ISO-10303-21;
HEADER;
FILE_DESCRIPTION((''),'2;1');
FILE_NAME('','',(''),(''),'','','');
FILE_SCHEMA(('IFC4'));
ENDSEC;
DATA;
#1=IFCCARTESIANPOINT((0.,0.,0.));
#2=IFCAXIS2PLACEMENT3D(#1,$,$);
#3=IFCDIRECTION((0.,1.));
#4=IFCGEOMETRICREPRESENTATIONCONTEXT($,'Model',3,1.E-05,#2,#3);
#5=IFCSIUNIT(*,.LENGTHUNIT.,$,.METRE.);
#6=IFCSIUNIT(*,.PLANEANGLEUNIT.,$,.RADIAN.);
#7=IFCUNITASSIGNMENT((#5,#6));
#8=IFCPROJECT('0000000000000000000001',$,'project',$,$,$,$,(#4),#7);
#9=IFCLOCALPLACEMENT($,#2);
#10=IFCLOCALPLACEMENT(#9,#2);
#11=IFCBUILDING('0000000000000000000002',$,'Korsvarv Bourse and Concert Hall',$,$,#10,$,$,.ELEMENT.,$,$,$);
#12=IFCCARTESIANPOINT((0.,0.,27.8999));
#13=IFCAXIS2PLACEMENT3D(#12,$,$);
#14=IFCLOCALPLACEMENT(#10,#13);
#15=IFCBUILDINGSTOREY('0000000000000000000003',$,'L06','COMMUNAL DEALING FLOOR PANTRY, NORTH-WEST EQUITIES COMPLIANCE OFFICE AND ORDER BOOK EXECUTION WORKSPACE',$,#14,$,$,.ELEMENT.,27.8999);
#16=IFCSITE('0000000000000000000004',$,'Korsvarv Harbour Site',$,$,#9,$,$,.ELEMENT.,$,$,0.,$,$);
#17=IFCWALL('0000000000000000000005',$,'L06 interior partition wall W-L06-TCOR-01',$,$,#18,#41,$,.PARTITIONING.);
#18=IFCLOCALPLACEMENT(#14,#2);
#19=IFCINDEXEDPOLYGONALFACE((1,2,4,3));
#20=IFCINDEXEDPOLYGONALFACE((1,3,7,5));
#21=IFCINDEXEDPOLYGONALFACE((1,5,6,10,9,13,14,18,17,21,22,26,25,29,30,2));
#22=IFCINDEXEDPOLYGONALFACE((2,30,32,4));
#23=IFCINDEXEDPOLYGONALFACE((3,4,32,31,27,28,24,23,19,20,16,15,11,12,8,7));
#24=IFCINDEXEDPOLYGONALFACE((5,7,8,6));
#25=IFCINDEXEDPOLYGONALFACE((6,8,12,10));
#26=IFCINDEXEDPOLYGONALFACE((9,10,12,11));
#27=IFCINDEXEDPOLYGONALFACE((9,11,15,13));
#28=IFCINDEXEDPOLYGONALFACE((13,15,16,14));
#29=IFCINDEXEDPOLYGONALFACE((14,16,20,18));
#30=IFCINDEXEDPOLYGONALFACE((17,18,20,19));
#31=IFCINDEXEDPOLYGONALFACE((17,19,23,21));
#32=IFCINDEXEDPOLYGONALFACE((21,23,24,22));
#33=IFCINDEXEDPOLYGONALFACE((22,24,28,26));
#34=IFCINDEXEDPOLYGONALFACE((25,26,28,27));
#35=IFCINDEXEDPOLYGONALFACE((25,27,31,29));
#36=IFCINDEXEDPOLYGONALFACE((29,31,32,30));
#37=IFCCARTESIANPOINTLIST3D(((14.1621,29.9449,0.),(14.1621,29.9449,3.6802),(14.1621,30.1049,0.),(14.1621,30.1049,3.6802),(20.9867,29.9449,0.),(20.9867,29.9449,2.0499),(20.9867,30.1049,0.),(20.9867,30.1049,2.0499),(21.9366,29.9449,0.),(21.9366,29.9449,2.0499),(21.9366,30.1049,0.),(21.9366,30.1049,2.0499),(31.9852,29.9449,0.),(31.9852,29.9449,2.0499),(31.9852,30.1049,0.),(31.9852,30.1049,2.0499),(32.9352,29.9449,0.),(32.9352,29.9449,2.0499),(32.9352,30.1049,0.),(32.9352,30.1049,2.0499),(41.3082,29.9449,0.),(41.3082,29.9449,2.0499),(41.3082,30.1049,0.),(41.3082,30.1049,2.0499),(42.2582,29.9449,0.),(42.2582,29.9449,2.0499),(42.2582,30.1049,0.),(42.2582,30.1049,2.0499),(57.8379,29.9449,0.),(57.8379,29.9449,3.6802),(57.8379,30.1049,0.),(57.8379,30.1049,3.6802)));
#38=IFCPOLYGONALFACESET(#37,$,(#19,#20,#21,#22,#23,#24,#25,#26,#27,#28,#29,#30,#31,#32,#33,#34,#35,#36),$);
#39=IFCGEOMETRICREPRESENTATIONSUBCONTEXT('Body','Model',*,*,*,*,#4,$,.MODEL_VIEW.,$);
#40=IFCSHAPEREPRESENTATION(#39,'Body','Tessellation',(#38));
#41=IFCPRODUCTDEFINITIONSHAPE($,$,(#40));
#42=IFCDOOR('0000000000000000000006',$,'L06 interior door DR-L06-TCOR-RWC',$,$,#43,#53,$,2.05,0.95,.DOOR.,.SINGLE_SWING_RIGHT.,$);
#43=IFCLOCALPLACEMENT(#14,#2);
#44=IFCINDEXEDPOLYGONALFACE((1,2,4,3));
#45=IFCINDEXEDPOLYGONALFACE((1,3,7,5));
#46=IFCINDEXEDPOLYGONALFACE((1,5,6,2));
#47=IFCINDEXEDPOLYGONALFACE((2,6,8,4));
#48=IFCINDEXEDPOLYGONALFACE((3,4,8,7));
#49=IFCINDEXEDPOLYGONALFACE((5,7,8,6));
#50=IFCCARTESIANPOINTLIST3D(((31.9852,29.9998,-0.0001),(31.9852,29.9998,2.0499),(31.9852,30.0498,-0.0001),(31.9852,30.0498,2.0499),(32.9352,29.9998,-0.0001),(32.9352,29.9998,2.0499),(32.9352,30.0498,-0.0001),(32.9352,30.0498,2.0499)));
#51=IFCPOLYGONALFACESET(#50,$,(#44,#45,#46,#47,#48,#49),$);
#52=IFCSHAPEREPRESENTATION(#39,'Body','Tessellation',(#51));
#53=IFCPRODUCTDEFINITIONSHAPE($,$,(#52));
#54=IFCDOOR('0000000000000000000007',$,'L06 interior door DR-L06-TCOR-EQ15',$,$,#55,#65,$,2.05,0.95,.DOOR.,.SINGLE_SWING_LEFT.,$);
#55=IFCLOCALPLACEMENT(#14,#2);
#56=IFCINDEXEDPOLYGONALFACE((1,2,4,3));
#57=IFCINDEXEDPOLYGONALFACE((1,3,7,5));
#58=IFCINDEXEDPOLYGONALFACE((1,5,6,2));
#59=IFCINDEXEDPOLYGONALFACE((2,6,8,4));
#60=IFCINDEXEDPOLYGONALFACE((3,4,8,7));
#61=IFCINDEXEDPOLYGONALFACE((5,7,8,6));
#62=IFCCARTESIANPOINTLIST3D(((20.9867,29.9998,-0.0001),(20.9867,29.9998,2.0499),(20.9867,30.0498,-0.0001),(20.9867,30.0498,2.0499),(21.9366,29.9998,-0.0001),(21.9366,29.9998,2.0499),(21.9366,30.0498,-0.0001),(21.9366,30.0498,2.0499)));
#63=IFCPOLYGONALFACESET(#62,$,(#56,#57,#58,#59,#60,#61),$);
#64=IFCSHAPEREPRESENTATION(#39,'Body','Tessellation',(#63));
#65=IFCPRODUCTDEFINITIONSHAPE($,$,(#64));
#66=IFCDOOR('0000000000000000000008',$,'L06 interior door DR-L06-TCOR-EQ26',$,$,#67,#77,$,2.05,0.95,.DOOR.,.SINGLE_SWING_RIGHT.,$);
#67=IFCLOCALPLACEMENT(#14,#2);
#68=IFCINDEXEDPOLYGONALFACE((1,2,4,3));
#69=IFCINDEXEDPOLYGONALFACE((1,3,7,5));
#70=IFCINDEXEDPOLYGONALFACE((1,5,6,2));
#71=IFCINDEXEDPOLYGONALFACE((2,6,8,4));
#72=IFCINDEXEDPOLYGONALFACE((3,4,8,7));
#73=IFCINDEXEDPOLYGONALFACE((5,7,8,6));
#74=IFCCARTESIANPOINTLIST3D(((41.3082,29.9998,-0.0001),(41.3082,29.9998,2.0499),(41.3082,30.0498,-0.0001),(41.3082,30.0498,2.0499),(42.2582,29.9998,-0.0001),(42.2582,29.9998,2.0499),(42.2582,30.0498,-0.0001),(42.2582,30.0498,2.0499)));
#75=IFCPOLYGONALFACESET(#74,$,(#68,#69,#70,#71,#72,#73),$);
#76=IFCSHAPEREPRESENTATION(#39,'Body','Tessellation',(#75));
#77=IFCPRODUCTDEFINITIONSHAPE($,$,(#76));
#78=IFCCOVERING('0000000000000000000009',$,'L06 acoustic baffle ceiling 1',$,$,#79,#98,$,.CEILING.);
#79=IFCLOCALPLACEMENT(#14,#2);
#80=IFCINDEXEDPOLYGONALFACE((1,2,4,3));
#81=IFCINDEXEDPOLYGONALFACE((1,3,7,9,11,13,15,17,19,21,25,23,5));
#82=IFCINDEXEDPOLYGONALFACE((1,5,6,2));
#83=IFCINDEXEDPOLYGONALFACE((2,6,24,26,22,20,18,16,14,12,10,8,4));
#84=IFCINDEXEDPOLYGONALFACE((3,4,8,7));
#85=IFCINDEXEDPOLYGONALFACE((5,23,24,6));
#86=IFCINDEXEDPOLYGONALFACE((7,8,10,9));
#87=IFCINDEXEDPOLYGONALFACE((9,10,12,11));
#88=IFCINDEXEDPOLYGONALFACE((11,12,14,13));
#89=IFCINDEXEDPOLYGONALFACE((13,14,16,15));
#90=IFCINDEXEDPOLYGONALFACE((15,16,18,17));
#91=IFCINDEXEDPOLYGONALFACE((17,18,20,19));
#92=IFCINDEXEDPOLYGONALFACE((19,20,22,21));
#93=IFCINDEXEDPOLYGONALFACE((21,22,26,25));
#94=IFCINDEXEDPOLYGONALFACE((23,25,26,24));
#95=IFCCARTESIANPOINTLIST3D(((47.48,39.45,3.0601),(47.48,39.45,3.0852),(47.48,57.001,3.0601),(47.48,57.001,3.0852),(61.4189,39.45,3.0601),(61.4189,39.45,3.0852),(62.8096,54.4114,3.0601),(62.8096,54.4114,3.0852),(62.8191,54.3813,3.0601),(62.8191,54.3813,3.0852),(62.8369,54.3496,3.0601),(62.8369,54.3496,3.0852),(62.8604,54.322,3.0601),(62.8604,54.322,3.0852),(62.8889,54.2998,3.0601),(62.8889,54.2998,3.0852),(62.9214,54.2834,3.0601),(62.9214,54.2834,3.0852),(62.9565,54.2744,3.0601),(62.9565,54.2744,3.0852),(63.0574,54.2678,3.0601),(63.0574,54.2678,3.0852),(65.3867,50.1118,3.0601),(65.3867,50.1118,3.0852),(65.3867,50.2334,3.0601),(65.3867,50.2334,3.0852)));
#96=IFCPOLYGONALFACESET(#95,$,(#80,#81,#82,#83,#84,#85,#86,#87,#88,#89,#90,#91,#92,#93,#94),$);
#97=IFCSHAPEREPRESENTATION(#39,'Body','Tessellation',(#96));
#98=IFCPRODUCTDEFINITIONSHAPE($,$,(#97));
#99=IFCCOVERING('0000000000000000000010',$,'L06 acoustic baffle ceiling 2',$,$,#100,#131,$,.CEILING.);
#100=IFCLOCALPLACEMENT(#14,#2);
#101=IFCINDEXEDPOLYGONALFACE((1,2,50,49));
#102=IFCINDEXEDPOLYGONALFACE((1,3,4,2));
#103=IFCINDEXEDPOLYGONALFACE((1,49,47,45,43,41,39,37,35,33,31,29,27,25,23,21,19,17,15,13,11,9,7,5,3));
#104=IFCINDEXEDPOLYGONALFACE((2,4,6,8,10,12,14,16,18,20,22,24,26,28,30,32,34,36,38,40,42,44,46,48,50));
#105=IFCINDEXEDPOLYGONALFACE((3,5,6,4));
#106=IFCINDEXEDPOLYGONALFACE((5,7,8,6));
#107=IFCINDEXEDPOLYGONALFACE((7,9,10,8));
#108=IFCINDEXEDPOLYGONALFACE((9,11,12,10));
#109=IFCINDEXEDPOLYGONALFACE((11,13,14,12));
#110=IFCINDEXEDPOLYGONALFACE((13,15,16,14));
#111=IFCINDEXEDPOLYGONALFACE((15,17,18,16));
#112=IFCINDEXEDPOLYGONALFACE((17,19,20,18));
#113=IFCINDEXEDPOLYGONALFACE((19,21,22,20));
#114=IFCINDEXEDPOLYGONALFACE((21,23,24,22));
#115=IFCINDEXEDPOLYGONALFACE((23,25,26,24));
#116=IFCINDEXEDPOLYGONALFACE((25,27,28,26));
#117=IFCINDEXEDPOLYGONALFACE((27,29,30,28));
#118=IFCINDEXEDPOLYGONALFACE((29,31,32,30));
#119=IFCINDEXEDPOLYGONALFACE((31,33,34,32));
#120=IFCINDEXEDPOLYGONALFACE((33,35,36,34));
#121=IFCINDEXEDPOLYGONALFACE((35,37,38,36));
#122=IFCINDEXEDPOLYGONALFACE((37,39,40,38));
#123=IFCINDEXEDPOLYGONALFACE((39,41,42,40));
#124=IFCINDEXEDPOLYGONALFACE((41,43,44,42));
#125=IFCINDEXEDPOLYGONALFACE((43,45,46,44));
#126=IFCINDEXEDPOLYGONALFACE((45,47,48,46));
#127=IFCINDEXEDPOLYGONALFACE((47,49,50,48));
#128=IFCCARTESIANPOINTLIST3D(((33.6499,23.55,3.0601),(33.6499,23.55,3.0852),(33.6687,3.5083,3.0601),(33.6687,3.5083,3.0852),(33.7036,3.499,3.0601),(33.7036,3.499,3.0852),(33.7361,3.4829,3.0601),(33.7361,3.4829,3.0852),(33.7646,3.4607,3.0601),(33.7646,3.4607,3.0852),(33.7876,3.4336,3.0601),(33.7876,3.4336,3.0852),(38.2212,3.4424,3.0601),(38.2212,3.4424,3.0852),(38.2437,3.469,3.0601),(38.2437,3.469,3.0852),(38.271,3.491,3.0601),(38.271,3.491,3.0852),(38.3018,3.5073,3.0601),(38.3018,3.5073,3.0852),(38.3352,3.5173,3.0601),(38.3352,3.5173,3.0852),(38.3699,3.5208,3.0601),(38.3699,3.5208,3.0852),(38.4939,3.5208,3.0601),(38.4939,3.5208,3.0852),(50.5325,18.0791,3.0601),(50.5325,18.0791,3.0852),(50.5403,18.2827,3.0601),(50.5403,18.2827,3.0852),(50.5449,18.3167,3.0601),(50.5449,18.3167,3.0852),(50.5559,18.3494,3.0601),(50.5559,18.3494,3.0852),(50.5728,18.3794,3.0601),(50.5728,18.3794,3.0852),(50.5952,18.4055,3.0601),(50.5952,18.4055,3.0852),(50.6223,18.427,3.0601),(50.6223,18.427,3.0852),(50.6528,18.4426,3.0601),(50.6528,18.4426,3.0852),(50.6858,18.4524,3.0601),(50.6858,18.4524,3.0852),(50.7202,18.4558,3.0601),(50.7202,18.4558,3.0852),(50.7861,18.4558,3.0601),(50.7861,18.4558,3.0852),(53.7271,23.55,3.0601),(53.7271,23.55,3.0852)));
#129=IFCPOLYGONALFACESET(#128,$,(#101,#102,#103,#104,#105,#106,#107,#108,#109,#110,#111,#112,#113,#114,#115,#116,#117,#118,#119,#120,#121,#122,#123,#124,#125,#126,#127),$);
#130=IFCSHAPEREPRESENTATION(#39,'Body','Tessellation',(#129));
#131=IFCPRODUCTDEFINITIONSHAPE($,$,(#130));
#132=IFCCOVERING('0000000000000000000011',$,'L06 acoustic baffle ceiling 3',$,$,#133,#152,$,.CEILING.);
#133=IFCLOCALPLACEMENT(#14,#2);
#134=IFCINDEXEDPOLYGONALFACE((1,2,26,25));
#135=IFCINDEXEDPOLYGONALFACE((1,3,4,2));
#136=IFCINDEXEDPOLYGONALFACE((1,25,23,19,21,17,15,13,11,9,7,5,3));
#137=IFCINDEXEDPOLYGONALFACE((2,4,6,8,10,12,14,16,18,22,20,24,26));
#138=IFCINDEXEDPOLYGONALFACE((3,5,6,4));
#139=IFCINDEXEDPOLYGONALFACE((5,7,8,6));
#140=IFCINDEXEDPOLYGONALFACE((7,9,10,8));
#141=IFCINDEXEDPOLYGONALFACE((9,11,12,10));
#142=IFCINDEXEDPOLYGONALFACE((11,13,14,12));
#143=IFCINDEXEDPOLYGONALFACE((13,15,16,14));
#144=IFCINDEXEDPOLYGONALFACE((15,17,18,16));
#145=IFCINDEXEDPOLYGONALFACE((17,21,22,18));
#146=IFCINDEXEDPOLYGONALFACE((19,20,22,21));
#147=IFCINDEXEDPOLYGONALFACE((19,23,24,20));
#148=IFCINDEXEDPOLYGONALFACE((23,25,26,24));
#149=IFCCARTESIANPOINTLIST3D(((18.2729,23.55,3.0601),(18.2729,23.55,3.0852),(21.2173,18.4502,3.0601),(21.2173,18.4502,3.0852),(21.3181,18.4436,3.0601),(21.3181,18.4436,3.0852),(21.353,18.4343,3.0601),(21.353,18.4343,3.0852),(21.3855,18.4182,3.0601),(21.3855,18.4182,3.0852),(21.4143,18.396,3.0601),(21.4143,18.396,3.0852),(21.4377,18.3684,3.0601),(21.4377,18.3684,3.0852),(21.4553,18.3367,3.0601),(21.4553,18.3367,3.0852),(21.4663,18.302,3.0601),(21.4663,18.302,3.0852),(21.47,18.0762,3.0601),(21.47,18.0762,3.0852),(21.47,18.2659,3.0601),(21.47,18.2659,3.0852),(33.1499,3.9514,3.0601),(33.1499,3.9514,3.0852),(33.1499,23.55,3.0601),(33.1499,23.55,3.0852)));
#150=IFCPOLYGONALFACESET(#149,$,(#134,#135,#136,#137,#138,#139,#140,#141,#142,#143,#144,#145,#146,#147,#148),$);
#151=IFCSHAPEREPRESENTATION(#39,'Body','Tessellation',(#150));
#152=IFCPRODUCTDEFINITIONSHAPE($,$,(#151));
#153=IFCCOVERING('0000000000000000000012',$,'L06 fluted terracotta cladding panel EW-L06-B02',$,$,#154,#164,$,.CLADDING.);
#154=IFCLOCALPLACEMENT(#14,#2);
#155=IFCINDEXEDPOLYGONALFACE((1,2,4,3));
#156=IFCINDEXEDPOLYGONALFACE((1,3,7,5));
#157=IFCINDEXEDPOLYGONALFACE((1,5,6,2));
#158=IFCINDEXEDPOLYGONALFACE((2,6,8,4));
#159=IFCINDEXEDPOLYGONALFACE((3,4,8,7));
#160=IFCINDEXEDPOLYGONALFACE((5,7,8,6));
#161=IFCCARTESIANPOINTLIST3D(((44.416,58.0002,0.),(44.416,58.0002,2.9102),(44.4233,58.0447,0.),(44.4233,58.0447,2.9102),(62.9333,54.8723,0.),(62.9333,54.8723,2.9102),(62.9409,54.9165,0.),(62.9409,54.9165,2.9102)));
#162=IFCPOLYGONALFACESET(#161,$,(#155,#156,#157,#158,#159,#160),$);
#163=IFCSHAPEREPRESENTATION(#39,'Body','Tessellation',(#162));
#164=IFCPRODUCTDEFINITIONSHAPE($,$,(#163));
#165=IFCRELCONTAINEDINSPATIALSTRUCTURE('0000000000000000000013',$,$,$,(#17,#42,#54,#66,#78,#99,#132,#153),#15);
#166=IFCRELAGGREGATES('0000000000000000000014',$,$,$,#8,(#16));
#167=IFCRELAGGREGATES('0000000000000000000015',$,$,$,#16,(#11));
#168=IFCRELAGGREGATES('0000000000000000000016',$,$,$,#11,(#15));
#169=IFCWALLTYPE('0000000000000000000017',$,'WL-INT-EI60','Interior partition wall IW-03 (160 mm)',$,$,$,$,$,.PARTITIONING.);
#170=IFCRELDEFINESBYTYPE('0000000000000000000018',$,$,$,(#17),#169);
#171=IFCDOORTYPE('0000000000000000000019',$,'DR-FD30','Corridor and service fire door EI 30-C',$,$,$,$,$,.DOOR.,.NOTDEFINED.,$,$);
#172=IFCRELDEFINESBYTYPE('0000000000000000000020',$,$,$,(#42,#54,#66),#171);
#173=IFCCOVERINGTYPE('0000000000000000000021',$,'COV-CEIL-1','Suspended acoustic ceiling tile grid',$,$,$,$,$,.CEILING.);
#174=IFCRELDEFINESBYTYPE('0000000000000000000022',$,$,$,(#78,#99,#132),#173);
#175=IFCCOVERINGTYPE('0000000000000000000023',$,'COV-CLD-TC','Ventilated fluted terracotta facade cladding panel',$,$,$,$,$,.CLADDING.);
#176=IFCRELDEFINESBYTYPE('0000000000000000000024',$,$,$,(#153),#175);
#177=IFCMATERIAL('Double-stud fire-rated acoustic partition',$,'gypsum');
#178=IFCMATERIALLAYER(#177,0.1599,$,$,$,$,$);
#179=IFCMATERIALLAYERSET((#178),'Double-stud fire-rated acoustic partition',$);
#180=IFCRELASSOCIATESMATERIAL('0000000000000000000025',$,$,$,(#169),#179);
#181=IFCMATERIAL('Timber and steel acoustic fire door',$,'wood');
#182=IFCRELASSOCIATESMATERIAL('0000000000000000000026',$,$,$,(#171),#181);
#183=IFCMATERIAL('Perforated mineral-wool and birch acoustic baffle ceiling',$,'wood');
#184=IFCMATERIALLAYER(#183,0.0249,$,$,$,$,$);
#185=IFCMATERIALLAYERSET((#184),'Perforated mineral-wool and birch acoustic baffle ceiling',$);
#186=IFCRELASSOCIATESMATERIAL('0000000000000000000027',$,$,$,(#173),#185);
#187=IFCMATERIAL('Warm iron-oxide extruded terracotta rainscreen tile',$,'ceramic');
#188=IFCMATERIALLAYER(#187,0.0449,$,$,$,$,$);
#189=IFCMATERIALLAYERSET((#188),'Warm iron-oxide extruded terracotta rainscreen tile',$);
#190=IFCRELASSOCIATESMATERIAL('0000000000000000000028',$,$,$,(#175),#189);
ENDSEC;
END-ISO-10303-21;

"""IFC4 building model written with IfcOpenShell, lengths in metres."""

from ifc_helpers import new_model, si_unit, direction, frame, frame_2d, origin, place, context, subcontext, project, spatial, polyline, rectangle, outline, extrude, material, layer, layer_set, type_object, element, fill, save


model = new_model("IFC4")

# Units and contexts
model_context = context("Model", 3, precision=1e-05, world=origin(), true_north=direction((0.0, 1.0)))
body_context = subcontext(model_context, "Body", "Model", "MODEL_VIEW")
ifc_project = project(units=[si_unit("LENGTHUNIT", "METRE"), si_unit("PLANEANGLEUNIT", "RADIAN")], contexts=[model_context])

# Site, building, storey
site_placement = place(None, origin())
site = spatial("IfcSite", under=ifc_project, at=site_placement, Name="Korsvarv Harbour Site", CompositionType="ELEMENT", RefElevation=0.0)
building_placement = place(site_placement, origin())
building = spatial("IfcBuilding", under=site, at=building_placement, Name="Korsvarv Bourse and Concert Hall", CompositionType="ELEMENT")
storey_placement = place(building_placement, frame((0.0, 0.0, 27.8999)))
storey = spatial("IfcBuildingStorey", under=building, at=storey_placement, Name="L06", Description="COMMUNAL DEALING FLOOR PANTRY, NORTH-WEST EQUITIES COMPLIANCE OFFICE AND ORDER BOOK EXECUTION WORKSPACE", CompositionType="ELEMENT", Elevation=27.8999)

# Wall, openings, doors
ifc_material_1 = material(Name="Double-stud fire-rated acoustic partition", Category="gypsum")
ifc_layer_1 = layer(ifc_material_1, 0.1599)
ifc_layer_set_1 = layer_set([ifc_layer_1], Name="Double-stud fire-rated acoustic partition")
wall_type = type_object("IfcWallType", Name="WL-INT-EI60", Description="Interior partition wall IW-03 (160 mm)", PredefinedType="PARTITIONING", material=ifc_layer_set_1)
wall_placement = place(storey_placement, frame((14.1621, 30.0249, 0.0), z_axis=(0.0, 0.0, 1.0), x_axis=(1.0, 0.0, 0.0)))
wall = element("IfcWall", 1, at=wall_placement, inside=storey, type_object=wall_type, Name="L06 interior partition wall W-L06-TCOR-01", PredefinedType="PARTITIONING", context=body_context, shape_type="SweptSolid", body=[
    extrude(rectangle(XDim=43.6758, YDim=0.1599, at=frame_2d((21.8379, 0.0))), origin(), (0.0, 0.0, 1.0), 3.6802),
])
opening_1_placement = place(wall_placement, frame((17.823, 0.0, 0.0)))
opening_1 = element("IfcOpeningElement", 2, at=opening_1_placement, cuts=wall, PredefinedType="OPENING", context=body_context, shape_type="SweptSolid", body=[
    extrude(rectangle(XDim=0.95, YDim=2.05, at=frame_2d((0.4751, 1.0249))), frame((0.0, 0.0898, 0.0), z_axis=(0.0, -1.0, 0.0), x_axis=(1.0, 0.0, 0.0)), (0.0, 0.0, 1.0), 0.1799),
])
opening_2_placement = place(wall_placement, frame((6.8245, 0.0, 0.0)))
opening_2 = element("IfcOpeningElement", 3, at=opening_2_placement, cuts=wall, PredefinedType="OPENING", context=body_context, shape_type="SweptSolid", body=[
    extrude(rectangle(XDim=0.95, YDim=2.05, at=frame_2d((0.4751, 1.0249))), frame((0.0, 0.0898, 0.0), z_axis=(0.0, -1.0, 0.0), x_axis=(1.0, 0.0, 0.0)), (0.0, 0.0, 1.0), 0.1799),
])
opening_3_placement = place(wall_placement, frame((27.146, 0.0, 0.0)))
opening_3 = element("IfcOpeningElement", 4, at=opening_3_placement, cuts=wall, PredefinedType="OPENING", context=body_context, shape_type="SweptSolid", body=[
    extrude(rectangle(XDim=0.95, YDim=2.05, at=frame_2d((0.4751, 1.0249))), frame((0.0, 0.0898, 0.0), z_axis=(0.0, -1.0, 0.0), x_axis=(1.0, 0.0, 0.0)), (0.0, 0.0, 1.0), 0.1799),
])
ifc_material_2 = material(Name="Timber and steel acoustic fire door", Category="wood")
door_type = type_object("IfcDoorType", Name="DR-FD30", Description="Corridor and service fire door EI 30-C", OperationType="NOTDEFINED", PredefinedType="DOOR", material=ifc_material_2)
door_1_placement = place(opening_1_placement, origin())
door_1 = element("IfcDoor", 5, at=door_1_placement, inside=storey, type_object=door_type, Name="L06 interior door DR-L06-TCOR-RWC", OperationType="SINGLE_SWING_RIGHT", OverallHeight=2.05, OverallWidth=0.95, PredefinedType="DOOR", context=body_context, shape_type="SweptSolid", body=[
    extrude(rectangle(XDim=0.95, YDim=2.05, at=frame_2d((0.4751, 1.0249))), frame((0.0, 0.0249, 0.0), z_axis=(0.0, -1.0, 0.0), x_axis=(1.0, 0.0, 0.0)), (0.0, 0.0, 1.0), 0.05),
])
fill(opening_1, door_1)
door_2_placement = place(opening_2_placement, origin())
door_2 = element("IfcDoor", 6, at=door_2_placement, inside=storey, type_object=door_type, Name="L06 interior door DR-L06-TCOR-EQ15", OperationType="SINGLE_SWING_LEFT", OverallHeight=2.05, OverallWidth=0.95, PredefinedType="DOOR", context=body_context, shape_type="SweptSolid", body=[
    extrude(rectangle(XDim=0.95, YDim=2.05, at=frame_2d((0.4751, 1.0249))), frame((0.0, 0.0249, 0.0), z_axis=(0.0, -1.0, 0.0), x_axis=(1.0, 0.0, 0.0)), (0.0, 0.0, 1.0), 0.05),
])
fill(opening_2, door_2)
door_3_placement = place(opening_3_placement, origin())
door_3 = element("IfcDoor", 7, at=door_3_placement, inside=storey, type_object=door_type, Name="L06 interior door DR-L06-TCOR-EQ26", OperationType="SINGLE_SWING_RIGHT", OverallHeight=2.05, OverallWidth=0.95, PredefinedType="DOOR", context=body_context, shape_type="SweptSolid", body=[
    extrude(rectangle(XDim=0.95, YDim=2.05, at=frame_2d((0.4751, 1.0249))), frame((0.0, 0.0249, 0.0), z_axis=(0.0, -1.0, 0.0), x_axis=(1.0, 0.0, 0.0)), (0.0, 0.0, 1.0), 0.05),
])
fill(opening_3, door_3)

# Coverings
ifc_material_3 = material(Name="Perforated mineral-wool and birch acoustic baffle ceiling", Category="wood")
ifc_layer_2 = layer(ifc_material_3, 0.0249)
ifc_layer_set_2 = layer_set([ifc_layer_2], Name="Perforated mineral-wool and birch acoustic baffle ceiling")
covering_type_1 = type_object("IfcCoveringType", Name="COV-CEIL-1", Description="Suspended acoustic ceiling tile grid", PredefinedType="CEILING", material=ifc_layer_set_2)
covering_1_placement = place(storey_placement, frame((0.0, 0.0, 3.0601)))
element("IfcCovering", 8, at=covering_1_placement, inside=storey, type_object=covering_type_1, Name="L06 acoustic baffle ceiling 1", PredefinedType="CEILING", context=body_context, shape_type="SweptSolid", body=[
    extrude(outline(polyline([(47.48, 57.001), (62.8096, 54.4114), (62.8191, 54.3813), (62.8369, 54.3496), (62.8604, 54.322), (62.8889, 54.2998), (62.9214, 54.2834), (62.9565, 54.2744), (63.0574, 54.2678), (65.3867, 50.2334), (65.3867, 50.1118), (61.4189, 39.45), (47.48, 39.45), (47.48, 57.001)])), origin(), (0.0, 0.0, 1.0), 0.0251),
])
covering_2_placement = place(storey_placement, frame((0.0, 0.0, 3.0601)))
element("IfcCovering", 9, at=covering_2_placement, inside=storey, type_object=covering_type_1, Name="L06 acoustic baffle ceiling 2", PredefinedType="CEILING", context=body_context, shape_type="SweptSolid", body=[
    extrude(outline(polyline([(53.7271, 23.55), (50.7861, 18.4558), (50.7202, 18.4558), (50.6858, 18.4524), (50.6528, 18.4426), (50.6223, 18.427), (50.5952, 18.4055), (50.5728, 18.3794), (50.5559, 18.3494), (50.5449, 18.3167), (50.5403, 18.2827), (50.5325, 18.0791), (38.4939, 3.5208), (38.3699, 3.5208), (38.3352, 3.5173), (38.3018, 3.5073), (38.271, 3.491), (38.2437, 3.469), (38.2212, 3.4424), (33.7876, 3.4336), (33.7646, 3.4607), (33.7361, 3.4829), (33.7036, 3.499), (33.6687, 3.5083), (33.6499, 23.55), (53.7271, 23.55)])), origin(), (0.0, 0.0, 1.0), 0.0251),
])
covering_3_placement = place(storey_placement, frame((0.0, 0.0, 3.0601)))
element("IfcCovering", 10, at=covering_3_placement, inside=storey, type_object=covering_type_1, Name="L06 acoustic baffle ceiling 3", PredefinedType="CEILING", context=body_context, shape_type="SweptSolid", body=[
    extrude(outline(polyline([(33.1499, 23.55), (33.1499, 3.9514), (21.47, 18.0762), (21.47, 18.2659), (21.4663, 18.302), (21.4553, 18.3367), (21.4377, 18.3684), (21.4143, 18.396), (21.3855, 18.4182), (21.353, 18.4343), (21.3181, 18.4436), (21.2173, 18.4502), (18.2729, 23.55), (33.1499, 23.55)])), origin(), (0.0, 0.0, 1.0), 0.0251),
])
ifc_material_4 = material(Name="Warm iron-oxide extruded terracotta rainscreen tile", Category="ceramic")
ifc_layer_3 = layer(ifc_material_4, 0.0449)
ifc_layer_set_3 = layer_set([ifc_layer_3], Name="Warm iron-oxide extruded terracotta rainscreen tile")
covering_type_2 = type_object("IfcCoveringType", Name="COV-CLD-TC", Description="Ventilated fluted terracotta facade cladding panel", PredefinedType="CLADDING", material=ifc_layer_set_3)
covering_4_placement = place(storey_placement, origin())
element("IfcCovering", 11, at=covering_4_placement, inside=storey, type_object=covering_type_2, Name="L06 fluted terracotta cladding panel EW-L06-B02", PredefinedType="CLADDING", context=body_context, shape_type="SweptSolid", body=[
    extrude(outline(polyline([(62.9333, 54.8723), (44.416, 58.0002), (44.4233, 58.0447), (62.9409, 54.9165), (62.9333, 54.8723)])), origin(), (0.0, 0.0, 1.0), 2.9102),
])

save(model, "model.ifc")
